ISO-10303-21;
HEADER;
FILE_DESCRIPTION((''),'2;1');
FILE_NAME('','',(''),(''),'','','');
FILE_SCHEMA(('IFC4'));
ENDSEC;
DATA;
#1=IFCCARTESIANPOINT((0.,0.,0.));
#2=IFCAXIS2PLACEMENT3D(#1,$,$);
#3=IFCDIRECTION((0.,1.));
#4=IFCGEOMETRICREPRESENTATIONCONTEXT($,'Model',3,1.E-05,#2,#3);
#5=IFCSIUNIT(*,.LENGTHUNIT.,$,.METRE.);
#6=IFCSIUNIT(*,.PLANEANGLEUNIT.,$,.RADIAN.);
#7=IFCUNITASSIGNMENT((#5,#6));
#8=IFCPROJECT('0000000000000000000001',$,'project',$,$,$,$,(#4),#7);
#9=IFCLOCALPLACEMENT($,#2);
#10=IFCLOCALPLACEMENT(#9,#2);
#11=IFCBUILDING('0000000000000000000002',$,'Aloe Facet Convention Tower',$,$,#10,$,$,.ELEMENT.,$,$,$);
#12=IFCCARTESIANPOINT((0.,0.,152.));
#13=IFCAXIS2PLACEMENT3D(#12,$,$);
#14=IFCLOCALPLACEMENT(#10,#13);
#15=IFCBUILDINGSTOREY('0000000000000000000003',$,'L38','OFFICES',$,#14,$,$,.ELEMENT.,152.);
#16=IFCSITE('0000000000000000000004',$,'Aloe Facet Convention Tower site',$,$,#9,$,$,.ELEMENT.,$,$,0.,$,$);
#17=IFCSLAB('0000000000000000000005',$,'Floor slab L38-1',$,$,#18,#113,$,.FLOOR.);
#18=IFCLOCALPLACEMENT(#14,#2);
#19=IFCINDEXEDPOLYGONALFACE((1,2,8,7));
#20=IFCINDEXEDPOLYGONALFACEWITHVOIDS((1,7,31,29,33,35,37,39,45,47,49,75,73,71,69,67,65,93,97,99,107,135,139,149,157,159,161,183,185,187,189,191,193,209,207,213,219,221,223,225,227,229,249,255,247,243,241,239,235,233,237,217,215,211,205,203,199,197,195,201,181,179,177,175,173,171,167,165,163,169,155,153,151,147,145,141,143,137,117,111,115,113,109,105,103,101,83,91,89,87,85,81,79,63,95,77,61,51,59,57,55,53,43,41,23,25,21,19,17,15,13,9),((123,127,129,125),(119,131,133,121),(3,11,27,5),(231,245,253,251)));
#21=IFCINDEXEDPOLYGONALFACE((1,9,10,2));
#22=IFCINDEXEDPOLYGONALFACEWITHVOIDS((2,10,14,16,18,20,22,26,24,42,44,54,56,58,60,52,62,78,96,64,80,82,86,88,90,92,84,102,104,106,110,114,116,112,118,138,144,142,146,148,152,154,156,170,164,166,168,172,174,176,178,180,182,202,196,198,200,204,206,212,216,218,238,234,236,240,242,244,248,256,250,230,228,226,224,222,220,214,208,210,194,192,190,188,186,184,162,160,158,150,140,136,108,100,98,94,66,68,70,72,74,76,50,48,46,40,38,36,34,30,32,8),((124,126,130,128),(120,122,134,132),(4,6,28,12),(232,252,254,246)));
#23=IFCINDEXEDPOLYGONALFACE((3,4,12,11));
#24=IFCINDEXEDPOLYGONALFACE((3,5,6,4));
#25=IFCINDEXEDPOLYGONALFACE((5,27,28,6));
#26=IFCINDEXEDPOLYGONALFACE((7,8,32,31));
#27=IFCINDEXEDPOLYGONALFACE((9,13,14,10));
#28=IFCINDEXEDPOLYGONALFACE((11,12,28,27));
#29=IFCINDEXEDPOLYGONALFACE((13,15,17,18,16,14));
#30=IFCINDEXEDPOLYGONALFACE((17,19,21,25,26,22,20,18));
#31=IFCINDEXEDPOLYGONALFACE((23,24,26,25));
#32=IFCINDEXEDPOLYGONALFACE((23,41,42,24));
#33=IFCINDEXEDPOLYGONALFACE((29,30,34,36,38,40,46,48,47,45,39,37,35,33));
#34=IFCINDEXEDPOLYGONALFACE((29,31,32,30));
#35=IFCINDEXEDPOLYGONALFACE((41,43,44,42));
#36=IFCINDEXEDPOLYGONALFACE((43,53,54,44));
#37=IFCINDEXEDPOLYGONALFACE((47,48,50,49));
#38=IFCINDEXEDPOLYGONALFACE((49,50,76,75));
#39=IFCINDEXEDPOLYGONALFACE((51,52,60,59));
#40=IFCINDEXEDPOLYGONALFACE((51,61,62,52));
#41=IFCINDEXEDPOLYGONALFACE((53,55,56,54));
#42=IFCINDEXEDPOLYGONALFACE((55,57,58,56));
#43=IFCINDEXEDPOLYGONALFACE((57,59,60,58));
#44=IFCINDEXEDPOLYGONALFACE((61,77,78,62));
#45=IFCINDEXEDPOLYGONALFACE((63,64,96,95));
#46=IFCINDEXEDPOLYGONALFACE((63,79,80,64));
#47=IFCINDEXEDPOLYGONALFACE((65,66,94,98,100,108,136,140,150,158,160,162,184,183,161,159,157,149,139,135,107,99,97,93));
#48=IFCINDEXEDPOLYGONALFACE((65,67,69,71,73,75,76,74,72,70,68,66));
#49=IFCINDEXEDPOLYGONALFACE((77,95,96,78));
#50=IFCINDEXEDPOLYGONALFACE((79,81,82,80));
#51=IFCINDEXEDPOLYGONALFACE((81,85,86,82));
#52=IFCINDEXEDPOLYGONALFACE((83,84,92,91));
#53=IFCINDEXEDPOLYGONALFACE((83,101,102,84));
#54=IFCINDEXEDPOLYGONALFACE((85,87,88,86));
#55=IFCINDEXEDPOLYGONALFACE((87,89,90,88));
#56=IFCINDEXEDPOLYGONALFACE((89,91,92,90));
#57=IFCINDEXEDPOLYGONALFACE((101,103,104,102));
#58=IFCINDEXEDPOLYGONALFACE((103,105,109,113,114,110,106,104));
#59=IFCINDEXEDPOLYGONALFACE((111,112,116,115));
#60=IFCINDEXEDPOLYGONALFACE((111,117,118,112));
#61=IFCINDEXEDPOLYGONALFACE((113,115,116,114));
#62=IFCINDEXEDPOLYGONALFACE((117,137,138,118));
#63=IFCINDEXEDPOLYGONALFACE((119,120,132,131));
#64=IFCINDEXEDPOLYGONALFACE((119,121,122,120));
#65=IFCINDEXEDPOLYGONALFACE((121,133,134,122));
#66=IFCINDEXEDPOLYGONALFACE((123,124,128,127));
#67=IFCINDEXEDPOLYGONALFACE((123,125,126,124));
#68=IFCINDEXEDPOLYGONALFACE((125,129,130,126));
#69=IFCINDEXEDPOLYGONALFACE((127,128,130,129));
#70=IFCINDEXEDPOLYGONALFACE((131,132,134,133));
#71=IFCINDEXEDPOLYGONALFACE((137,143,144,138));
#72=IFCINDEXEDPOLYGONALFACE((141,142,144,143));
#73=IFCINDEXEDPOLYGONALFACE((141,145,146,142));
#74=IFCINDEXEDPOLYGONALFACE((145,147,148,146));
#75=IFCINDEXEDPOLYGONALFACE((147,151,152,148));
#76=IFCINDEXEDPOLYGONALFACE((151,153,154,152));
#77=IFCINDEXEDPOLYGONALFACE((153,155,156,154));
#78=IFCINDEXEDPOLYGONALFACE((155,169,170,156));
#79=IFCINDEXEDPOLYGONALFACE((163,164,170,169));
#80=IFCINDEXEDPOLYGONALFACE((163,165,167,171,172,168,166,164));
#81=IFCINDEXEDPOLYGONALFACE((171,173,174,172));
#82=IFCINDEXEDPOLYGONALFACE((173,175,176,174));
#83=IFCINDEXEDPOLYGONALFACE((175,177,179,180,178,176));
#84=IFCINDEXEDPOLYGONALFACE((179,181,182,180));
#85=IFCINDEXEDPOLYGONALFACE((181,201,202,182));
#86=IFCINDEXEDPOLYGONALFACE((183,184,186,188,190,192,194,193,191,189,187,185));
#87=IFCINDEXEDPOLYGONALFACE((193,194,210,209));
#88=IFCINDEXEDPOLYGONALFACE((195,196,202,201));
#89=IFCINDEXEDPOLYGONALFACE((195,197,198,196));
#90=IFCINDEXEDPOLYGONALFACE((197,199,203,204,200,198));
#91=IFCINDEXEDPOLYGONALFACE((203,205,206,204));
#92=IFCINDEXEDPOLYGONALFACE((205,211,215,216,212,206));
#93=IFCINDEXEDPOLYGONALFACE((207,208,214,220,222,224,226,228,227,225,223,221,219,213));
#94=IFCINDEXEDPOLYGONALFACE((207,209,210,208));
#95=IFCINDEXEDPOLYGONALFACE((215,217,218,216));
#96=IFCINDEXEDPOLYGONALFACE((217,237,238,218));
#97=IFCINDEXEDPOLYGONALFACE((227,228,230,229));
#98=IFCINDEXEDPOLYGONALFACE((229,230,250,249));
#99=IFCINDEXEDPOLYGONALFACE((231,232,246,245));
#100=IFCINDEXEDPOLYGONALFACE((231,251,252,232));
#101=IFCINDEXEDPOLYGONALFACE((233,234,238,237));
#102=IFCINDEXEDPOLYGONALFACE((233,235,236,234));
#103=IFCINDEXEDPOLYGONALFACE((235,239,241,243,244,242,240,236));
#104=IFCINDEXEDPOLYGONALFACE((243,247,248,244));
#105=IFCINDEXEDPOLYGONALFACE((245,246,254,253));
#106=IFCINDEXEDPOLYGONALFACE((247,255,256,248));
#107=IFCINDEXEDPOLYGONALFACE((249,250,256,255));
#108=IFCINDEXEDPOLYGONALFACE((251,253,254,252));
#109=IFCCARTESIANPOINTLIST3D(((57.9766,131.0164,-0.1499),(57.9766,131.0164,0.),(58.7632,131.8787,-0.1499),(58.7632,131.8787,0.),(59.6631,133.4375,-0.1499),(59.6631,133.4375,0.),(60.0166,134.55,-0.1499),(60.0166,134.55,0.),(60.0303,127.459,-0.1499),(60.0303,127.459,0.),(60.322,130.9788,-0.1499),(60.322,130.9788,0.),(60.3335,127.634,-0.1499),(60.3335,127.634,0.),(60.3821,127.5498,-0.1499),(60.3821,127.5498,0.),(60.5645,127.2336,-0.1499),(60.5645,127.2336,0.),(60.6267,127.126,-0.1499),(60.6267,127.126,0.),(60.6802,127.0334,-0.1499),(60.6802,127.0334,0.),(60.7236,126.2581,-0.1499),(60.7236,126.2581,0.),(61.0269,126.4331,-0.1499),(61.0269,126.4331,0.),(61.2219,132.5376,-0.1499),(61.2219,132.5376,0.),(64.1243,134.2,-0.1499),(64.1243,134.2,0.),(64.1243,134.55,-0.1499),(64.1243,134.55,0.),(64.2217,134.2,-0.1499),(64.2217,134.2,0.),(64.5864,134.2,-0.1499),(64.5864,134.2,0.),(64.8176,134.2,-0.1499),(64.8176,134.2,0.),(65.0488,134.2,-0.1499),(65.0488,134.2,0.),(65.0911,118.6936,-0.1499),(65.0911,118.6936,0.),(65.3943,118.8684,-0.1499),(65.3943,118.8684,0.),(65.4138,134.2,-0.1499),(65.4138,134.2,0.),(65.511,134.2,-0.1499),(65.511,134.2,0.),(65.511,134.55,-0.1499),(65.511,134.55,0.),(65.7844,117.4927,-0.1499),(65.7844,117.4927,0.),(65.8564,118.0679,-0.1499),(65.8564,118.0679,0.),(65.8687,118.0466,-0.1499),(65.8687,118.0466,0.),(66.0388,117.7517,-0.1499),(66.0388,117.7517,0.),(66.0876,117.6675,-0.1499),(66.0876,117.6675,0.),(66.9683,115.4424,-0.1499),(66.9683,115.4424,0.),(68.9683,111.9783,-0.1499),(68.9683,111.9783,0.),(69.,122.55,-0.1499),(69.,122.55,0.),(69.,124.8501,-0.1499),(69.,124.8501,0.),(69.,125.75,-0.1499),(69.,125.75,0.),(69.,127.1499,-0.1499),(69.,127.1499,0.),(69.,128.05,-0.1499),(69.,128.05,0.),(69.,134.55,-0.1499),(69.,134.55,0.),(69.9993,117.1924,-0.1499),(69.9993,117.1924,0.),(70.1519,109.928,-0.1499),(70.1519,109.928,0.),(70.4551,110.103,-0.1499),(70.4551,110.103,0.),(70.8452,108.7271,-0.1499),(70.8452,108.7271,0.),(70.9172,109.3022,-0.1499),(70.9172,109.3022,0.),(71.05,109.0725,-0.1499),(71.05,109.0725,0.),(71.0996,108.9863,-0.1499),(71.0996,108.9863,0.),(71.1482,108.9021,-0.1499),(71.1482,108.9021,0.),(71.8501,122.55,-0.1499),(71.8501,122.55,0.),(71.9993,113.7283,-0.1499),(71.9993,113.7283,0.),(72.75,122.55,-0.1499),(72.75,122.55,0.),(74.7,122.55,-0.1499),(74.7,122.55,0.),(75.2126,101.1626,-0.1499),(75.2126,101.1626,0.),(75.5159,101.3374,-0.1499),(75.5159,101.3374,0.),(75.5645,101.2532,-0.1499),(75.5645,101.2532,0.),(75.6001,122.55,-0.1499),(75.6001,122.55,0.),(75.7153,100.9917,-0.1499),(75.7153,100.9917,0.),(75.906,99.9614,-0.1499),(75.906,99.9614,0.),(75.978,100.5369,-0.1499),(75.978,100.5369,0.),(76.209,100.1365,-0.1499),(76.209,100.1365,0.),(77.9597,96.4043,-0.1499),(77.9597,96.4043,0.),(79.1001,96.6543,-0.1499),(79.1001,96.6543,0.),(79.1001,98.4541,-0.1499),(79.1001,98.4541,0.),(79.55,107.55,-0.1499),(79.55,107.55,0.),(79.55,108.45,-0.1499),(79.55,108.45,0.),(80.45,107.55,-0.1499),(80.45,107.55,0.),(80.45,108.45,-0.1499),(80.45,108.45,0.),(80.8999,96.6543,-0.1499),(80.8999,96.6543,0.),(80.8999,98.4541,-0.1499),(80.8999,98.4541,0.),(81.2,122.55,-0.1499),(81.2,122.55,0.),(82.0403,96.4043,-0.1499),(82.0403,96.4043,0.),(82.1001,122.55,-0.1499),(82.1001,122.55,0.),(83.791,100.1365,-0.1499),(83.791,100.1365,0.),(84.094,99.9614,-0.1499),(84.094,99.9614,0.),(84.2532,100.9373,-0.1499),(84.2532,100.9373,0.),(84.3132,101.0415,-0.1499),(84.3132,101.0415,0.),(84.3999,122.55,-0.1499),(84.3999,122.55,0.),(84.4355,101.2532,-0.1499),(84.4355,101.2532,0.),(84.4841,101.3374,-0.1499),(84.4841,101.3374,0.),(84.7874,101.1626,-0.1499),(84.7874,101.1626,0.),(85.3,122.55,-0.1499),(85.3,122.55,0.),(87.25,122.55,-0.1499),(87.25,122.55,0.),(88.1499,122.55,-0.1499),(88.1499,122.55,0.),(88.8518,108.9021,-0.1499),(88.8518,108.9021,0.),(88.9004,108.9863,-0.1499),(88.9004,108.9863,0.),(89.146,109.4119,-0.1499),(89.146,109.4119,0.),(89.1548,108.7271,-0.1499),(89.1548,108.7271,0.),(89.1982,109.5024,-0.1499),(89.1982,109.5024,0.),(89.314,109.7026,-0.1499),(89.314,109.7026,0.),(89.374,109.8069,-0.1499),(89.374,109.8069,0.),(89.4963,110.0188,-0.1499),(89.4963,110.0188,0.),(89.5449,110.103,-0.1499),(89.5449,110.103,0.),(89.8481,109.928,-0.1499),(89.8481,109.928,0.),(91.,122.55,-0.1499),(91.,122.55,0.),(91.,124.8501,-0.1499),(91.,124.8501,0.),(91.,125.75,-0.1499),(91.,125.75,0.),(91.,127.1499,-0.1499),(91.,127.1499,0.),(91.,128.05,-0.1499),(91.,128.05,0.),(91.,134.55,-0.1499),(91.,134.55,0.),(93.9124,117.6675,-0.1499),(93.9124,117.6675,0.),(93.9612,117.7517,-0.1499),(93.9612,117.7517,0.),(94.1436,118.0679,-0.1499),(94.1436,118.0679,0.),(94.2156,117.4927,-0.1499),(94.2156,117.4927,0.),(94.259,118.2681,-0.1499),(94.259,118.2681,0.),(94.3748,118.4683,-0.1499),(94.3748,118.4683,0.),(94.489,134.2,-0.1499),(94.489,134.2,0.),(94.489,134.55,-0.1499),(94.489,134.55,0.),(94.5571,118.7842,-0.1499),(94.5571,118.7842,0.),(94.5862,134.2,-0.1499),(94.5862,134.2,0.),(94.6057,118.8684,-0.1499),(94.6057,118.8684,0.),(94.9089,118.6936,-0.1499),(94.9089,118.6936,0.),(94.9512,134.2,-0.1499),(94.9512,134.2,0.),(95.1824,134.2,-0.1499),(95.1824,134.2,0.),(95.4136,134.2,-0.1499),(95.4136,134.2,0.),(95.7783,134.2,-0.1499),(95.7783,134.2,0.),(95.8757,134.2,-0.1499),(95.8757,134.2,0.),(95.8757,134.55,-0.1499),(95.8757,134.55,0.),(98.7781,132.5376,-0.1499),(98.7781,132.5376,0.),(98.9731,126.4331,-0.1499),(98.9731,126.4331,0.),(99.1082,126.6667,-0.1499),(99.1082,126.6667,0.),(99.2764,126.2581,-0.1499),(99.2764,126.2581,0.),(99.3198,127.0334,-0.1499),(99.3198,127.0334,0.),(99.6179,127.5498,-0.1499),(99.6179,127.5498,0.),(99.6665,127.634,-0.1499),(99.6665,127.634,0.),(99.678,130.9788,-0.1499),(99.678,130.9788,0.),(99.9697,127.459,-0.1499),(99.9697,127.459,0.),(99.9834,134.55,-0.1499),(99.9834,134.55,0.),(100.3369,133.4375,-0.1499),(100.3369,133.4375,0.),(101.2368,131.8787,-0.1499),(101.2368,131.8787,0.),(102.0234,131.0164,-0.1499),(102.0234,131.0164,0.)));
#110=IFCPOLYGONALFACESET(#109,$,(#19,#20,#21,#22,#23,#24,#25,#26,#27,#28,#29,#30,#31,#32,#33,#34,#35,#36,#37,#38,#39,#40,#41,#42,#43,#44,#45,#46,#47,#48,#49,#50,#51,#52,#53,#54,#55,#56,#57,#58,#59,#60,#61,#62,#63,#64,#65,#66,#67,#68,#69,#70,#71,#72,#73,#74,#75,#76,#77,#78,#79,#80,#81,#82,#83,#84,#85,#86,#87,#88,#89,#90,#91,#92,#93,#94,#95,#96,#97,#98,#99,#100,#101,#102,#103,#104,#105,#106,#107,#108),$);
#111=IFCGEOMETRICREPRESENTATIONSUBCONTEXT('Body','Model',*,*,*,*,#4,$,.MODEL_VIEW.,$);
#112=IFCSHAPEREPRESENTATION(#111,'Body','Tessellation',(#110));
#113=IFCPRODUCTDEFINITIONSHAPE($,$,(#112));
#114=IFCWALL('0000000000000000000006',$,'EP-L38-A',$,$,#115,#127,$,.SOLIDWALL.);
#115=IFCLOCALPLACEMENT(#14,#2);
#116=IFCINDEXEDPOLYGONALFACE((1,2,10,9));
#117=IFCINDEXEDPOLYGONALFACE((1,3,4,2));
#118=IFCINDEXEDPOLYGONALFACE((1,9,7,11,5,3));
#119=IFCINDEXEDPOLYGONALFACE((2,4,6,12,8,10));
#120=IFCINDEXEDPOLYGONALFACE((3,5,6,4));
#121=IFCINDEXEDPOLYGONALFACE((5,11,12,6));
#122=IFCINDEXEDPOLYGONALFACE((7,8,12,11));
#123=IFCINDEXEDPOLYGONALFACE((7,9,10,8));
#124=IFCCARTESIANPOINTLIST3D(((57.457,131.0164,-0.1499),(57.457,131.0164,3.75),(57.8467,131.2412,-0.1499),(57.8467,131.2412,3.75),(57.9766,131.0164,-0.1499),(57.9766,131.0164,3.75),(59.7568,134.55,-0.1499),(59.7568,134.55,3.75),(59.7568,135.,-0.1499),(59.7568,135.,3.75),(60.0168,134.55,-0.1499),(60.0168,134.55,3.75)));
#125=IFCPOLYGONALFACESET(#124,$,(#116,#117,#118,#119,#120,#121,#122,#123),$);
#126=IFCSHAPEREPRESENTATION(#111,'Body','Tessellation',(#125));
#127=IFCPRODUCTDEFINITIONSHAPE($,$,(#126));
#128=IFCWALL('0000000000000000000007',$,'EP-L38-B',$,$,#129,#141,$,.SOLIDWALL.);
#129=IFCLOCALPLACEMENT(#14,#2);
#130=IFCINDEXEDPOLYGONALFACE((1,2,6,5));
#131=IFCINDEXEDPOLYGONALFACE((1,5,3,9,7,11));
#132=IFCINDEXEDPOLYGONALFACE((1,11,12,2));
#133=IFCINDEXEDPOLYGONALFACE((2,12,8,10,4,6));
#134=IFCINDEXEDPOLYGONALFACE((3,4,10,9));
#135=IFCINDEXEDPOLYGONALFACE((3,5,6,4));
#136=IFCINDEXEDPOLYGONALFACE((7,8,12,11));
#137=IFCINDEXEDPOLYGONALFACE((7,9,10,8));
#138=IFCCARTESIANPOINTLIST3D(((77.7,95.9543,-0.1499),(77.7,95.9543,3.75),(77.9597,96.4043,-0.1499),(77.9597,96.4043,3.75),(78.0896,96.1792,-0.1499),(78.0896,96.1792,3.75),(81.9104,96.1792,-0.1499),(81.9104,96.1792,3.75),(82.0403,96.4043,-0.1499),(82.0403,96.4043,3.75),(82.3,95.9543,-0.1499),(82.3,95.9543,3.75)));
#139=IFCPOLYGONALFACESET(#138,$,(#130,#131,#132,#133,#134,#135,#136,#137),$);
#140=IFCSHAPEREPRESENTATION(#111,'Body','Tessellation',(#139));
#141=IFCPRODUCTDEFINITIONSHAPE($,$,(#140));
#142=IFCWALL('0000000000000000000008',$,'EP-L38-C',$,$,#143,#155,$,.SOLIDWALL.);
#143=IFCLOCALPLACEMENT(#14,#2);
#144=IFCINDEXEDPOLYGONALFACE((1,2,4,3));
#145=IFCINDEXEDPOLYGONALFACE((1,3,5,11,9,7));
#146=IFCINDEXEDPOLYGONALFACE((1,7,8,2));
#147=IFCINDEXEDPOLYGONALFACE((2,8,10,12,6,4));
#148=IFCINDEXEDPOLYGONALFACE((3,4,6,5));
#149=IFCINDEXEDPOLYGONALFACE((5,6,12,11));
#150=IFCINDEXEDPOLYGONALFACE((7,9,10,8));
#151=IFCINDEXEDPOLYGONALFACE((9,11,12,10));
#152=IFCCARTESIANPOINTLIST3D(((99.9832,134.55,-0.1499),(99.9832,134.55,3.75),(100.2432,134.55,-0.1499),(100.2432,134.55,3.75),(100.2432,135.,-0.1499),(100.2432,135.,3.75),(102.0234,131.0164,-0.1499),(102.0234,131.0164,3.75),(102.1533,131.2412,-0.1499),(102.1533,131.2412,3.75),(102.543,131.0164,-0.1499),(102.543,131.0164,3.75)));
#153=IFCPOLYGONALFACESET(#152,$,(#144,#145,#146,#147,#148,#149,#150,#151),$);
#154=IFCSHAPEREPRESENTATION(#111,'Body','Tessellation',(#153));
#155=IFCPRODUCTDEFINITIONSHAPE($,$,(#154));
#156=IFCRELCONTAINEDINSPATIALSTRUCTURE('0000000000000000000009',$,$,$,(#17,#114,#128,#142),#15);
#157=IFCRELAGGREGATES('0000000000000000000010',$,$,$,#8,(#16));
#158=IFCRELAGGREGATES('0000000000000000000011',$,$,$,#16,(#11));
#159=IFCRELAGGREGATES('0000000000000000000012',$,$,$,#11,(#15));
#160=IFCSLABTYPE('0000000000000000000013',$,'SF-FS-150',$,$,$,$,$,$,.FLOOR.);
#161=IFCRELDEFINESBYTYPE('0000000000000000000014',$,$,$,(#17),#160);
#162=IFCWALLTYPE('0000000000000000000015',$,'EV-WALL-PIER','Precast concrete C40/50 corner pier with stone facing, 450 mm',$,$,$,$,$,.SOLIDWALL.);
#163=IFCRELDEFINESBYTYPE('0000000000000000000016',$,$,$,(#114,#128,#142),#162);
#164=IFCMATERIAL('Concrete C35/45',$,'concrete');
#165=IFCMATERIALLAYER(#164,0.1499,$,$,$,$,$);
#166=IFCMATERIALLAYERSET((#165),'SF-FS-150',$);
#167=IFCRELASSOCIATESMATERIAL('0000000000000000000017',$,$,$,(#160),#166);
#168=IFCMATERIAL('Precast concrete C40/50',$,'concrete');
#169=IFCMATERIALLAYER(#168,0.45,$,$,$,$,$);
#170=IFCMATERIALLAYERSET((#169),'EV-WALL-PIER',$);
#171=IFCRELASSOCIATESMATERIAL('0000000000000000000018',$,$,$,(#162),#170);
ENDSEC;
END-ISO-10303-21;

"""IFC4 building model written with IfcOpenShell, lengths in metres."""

from ifc_helpers import new_model, si_unit, direction, frame, origin, place, context, subcontext, project, spatial, polyline, outline, extrude, material, layer, layer_set, type_object, element, save


model = new_model("IFC4")

# Units and contexts
model_context = context("Model", 3, precision=1e-05, world=origin(), true_north=direction((0.0, 1.0)))
body_context = subcontext(model_context, "Body", "Model", "MODEL_VIEW")
ifc_project = project(units=[si_unit("LENGTHUNIT", "METRE"), si_unit("PLANEANGLEUNIT", "RADIAN")], contexts=[model_context])

# Site, building, storey
site_placement = place(None, origin())
site = spatial("IfcSite", under=ifc_project, at=site_placement, Name="Aloe Facet Convention Tower site", CompositionType="ELEMENT", RefElevation=0.0)
building_placement = place(site_placement, origin())
building = spatial("IfcBuilding", under=site, at=building_placement, Name="Aloe Facet Convention Tower", CompositionType="ELEMENT")
storey_placement = place(building_placement, frame((0.0, 0.0, 152.0)))
storey = spatial("IfcBuildingStorey", under=building, at=storey_placement, Name="L38", Description="OFFICES", CompositionType="ELEMENT", Elevation=152.0)

# Slab
ifc_material_1 = material(Name="Concrete C35/45", Category="concrete")
ifc_layer_1 = layer(ifc_material_1, 0.1499)
ifc_layer_set_1 = layer_set([ifc_layer_1], Name="SF-FS-150")
slab_type_1 = type_object("IfcSlabType", Name="SF-FS-150", PredefinedType="FLOOR", material=ifc_layer_set_1)
slab_1_placement = place(storey_placement, frame((0.0, 0.0, -0.1499)))
element("IfcSlab", 1, at=slab_1_placement, inside=storey, type_object=slab_type_1, Name="Floor slab L38-1", PredefinedType="FLOOR", context=body_context, shape_type="SweptSolid", body=[
    extrude(outline(polyline([(60.0166, 134.55), (64.1243, 134.55), (64.1243, 134.2), (64.2217, 134.2), (64.5864, 134.2), (64.8176, 134.2), (65.0488, 134.2), (65.4138, 134.2), (65.511, 134.2), (65.511, 134.55), (69.0, 134.55), (69.0, 128.05), (69.0, 127.1499), (69.0, 125.75), (69.0, 124.8501), (69.0, 122.55), (71.8501, 122.55), (72.75, 122.55), (74.7, 122.55), (75.6001, 122.55), (81.2, 122.55), (82.1001, 122.55), (84.3999, 122.55), (85.3, 122.55), (87.25, 122.55), (88.1499, 122.55), (91.0, 122.55), (91.0, 124.8501), (91.0, 125.75), (91.0, 127.1499), (91.0, 128.05), (91.0, 134.55), (94.489, 134.55), (94.489, 134.2), (94.5862, 134.2), (94.9512, 134.2), (95.1824, 134.2), (95.4136, 134.2), (95.7783, 134.2), (95.8757, 134.2), (95.8757, 134.55), (99.9834, 134.55), (102.0234, 131.0164), (99.9697, 127.459), (99.6665, 127.634), (99.6179, 127.5498), (99.3198, 127.0334), (99.1082, 126.6667), (98.9731, 126.4331), (99.2764, 126.2581), (94.9089, 118.6936), (94.6057, 118.8684), (94.5571, 118.7842), (94.3748, 118.4683), (94.259, 118.2681), (94.1436, 118.0679), (93.9612, 117.7517), (93.9124, 117.6675), (94.2156, 117.4927), (89.8481, 109.928), (89.5449, 110.103), (89.4963, 110.0188), (89.374, 109.8069), (89.314, 109.7026), (89.1982, 109.5024), (89.146, 109.4119), (88.9004, 108.9863), (88.8518, 108.9021), (89.1548, 108.7271), (84.7874, 101.1626), (84.4841, 101.3374), (84.4355, 101.2532), (84.3132, 101.0415), (84.2532, 100.9373), (83.791, 100.1365), (84.094, 99.9614), (82.0403, 96.4043), (77.9597, 96.4043), (75.906, 99.9614), (76.209, 100.1365), (75.978, 100.5369), (75.7153, 100.9917), (75.5645, 101.2532), (75.5159, 101.3374), (75.2126, 101.1626), (70.8452, 108.7271), (71.1482, 108.9021), (71.0996, 108.9863), (71.05, 109.0725), (70.9172, 109.3022), (70.4551, 110.103), (70.1519, 109.928), (68.9683, 111.9783), (71.9993, 113.7283), (69.9993, 117.1924), (66.9683, 115.4424), (65.7844, 117.4927), (66.0876, 117.6675), (66.0388, 117.7517), (65.8687, 118.0466), (65.8564, 118.0679), (65.8564, 118.0679), (65.3943, 118.8684), (65.0911, 118.6936), (60.7236, 126.2581), (61.0269, 126.4331), (60.6802, 127.0334), (60.6267, 127.126), (60.5645, 127.2336), (60.3821, 127.5498), (60.3335, 127.634), (60.0303, 127.459), (57.9766, 131.0164), (60.0166, 134.55)]), holes=[polyline([(61.2219, 132.5376), (59.6631, 133.4375), (58.7632, 131.8787), (60.322, 130.9788), (61.2219, 132.5376)]), polyline([(79.1001, 98.4541), (79.1001, 96.6543), (80.8999, 96.6543), (80.8999, 98.4541), (79.1001, 98.4541)]), polyline([(79.55, 107.55), (80.45, 107.55), (80.45, 108.45), (79.55, 108.45), (79.55, 107.55)]), polyline([(99.678, 130.9788), (101.2368, 131.8787), (100.3369, 133.4375), (98.7781, 132.5376), (99.678, 130.9788)])]), origin(), (0.0, 0.0, 1.0), 0.1499),
])

# Walls
ifc_material_2 = material(Name="Precast concrete C40/50", Category="concrete")
ifc_layer_2 = layer(ifc_material_2, 0.45)
ifc_layer_set_2 = layer_set([ifc_layer_2], Name="EV-WALL-PIER")
wall_type_1 = type_object("IfcWallType", Name="EV-WALL-PIER", Description="Precast concrete C40/50 corner pier with stone facing, 450 mm", PredefinedType="SOLIDWALL", material=ifc_layer_set_2)
wall_1_placement = place(storey_placement, frame((0.0, 0.0, -0.1499)))
element("IfcWall", 2, at=wall_1_placement, inside=storey, type_object=wall_type_1, Name="EP-L38-A", PredefinedType="SOLIDWALL", context=body_context, shape_type="SweptSolid", body=[
    extrude(outline(polyline([(59.7568, 135.0), (59.7568, 134.55), (60.0168, 134.55), (57.9766, 131.0164), (57.8467, 131.2412), (57.457, 131.0164), (59.7568, 135.0)])), origin(), (0.0, 0.0, 1.0), 3.8999),
])
wall_2_placement = place(storey_placement, frame((0.0, 0.0, -0.1499)))
element("IfcWall", 3, at=wall_2_placement, inside=storey, type_object=wall_type_1, Name="EP-L38-B", PredefinedType="SOLIDWALL", context=body_context, shape_type="SweptSolid", body=[
    extrude(outline(polyline([(77.7, 95.9543), (78.0896, 96.1792), (77.9597, 96.4043), (82.0403, 96.4043), (81.9104, 96.1792), (82.3, 95.9543), (77.7, 95.9543)])), origin(), (0.0, 0.0, 1.0), 3.8999),
])
wall_3_placement = place(storey_placement, frame((0.0, 0.0, -0.1499)))
element("IfcWall", 4, at=wall_3_placement, inside=storey, type_object=wall_type_1, Name="EP-L38-C", PredefinedType="SOLIDWALL", context=body_context, shape_type="SweptSolid", body=[
    extrude(outline(polyline([(102.543, 131.0164), (102.1533, 131.2412), (102.0234, 131.0164), (99.9832, 134.55), (100.2432, 134.55), (100.2432, 135.0), (102.543, 131.0164)])), origin(), (0.0, 0.0, 1.0), 3.8999),
])

save(model, "model.ifc")
